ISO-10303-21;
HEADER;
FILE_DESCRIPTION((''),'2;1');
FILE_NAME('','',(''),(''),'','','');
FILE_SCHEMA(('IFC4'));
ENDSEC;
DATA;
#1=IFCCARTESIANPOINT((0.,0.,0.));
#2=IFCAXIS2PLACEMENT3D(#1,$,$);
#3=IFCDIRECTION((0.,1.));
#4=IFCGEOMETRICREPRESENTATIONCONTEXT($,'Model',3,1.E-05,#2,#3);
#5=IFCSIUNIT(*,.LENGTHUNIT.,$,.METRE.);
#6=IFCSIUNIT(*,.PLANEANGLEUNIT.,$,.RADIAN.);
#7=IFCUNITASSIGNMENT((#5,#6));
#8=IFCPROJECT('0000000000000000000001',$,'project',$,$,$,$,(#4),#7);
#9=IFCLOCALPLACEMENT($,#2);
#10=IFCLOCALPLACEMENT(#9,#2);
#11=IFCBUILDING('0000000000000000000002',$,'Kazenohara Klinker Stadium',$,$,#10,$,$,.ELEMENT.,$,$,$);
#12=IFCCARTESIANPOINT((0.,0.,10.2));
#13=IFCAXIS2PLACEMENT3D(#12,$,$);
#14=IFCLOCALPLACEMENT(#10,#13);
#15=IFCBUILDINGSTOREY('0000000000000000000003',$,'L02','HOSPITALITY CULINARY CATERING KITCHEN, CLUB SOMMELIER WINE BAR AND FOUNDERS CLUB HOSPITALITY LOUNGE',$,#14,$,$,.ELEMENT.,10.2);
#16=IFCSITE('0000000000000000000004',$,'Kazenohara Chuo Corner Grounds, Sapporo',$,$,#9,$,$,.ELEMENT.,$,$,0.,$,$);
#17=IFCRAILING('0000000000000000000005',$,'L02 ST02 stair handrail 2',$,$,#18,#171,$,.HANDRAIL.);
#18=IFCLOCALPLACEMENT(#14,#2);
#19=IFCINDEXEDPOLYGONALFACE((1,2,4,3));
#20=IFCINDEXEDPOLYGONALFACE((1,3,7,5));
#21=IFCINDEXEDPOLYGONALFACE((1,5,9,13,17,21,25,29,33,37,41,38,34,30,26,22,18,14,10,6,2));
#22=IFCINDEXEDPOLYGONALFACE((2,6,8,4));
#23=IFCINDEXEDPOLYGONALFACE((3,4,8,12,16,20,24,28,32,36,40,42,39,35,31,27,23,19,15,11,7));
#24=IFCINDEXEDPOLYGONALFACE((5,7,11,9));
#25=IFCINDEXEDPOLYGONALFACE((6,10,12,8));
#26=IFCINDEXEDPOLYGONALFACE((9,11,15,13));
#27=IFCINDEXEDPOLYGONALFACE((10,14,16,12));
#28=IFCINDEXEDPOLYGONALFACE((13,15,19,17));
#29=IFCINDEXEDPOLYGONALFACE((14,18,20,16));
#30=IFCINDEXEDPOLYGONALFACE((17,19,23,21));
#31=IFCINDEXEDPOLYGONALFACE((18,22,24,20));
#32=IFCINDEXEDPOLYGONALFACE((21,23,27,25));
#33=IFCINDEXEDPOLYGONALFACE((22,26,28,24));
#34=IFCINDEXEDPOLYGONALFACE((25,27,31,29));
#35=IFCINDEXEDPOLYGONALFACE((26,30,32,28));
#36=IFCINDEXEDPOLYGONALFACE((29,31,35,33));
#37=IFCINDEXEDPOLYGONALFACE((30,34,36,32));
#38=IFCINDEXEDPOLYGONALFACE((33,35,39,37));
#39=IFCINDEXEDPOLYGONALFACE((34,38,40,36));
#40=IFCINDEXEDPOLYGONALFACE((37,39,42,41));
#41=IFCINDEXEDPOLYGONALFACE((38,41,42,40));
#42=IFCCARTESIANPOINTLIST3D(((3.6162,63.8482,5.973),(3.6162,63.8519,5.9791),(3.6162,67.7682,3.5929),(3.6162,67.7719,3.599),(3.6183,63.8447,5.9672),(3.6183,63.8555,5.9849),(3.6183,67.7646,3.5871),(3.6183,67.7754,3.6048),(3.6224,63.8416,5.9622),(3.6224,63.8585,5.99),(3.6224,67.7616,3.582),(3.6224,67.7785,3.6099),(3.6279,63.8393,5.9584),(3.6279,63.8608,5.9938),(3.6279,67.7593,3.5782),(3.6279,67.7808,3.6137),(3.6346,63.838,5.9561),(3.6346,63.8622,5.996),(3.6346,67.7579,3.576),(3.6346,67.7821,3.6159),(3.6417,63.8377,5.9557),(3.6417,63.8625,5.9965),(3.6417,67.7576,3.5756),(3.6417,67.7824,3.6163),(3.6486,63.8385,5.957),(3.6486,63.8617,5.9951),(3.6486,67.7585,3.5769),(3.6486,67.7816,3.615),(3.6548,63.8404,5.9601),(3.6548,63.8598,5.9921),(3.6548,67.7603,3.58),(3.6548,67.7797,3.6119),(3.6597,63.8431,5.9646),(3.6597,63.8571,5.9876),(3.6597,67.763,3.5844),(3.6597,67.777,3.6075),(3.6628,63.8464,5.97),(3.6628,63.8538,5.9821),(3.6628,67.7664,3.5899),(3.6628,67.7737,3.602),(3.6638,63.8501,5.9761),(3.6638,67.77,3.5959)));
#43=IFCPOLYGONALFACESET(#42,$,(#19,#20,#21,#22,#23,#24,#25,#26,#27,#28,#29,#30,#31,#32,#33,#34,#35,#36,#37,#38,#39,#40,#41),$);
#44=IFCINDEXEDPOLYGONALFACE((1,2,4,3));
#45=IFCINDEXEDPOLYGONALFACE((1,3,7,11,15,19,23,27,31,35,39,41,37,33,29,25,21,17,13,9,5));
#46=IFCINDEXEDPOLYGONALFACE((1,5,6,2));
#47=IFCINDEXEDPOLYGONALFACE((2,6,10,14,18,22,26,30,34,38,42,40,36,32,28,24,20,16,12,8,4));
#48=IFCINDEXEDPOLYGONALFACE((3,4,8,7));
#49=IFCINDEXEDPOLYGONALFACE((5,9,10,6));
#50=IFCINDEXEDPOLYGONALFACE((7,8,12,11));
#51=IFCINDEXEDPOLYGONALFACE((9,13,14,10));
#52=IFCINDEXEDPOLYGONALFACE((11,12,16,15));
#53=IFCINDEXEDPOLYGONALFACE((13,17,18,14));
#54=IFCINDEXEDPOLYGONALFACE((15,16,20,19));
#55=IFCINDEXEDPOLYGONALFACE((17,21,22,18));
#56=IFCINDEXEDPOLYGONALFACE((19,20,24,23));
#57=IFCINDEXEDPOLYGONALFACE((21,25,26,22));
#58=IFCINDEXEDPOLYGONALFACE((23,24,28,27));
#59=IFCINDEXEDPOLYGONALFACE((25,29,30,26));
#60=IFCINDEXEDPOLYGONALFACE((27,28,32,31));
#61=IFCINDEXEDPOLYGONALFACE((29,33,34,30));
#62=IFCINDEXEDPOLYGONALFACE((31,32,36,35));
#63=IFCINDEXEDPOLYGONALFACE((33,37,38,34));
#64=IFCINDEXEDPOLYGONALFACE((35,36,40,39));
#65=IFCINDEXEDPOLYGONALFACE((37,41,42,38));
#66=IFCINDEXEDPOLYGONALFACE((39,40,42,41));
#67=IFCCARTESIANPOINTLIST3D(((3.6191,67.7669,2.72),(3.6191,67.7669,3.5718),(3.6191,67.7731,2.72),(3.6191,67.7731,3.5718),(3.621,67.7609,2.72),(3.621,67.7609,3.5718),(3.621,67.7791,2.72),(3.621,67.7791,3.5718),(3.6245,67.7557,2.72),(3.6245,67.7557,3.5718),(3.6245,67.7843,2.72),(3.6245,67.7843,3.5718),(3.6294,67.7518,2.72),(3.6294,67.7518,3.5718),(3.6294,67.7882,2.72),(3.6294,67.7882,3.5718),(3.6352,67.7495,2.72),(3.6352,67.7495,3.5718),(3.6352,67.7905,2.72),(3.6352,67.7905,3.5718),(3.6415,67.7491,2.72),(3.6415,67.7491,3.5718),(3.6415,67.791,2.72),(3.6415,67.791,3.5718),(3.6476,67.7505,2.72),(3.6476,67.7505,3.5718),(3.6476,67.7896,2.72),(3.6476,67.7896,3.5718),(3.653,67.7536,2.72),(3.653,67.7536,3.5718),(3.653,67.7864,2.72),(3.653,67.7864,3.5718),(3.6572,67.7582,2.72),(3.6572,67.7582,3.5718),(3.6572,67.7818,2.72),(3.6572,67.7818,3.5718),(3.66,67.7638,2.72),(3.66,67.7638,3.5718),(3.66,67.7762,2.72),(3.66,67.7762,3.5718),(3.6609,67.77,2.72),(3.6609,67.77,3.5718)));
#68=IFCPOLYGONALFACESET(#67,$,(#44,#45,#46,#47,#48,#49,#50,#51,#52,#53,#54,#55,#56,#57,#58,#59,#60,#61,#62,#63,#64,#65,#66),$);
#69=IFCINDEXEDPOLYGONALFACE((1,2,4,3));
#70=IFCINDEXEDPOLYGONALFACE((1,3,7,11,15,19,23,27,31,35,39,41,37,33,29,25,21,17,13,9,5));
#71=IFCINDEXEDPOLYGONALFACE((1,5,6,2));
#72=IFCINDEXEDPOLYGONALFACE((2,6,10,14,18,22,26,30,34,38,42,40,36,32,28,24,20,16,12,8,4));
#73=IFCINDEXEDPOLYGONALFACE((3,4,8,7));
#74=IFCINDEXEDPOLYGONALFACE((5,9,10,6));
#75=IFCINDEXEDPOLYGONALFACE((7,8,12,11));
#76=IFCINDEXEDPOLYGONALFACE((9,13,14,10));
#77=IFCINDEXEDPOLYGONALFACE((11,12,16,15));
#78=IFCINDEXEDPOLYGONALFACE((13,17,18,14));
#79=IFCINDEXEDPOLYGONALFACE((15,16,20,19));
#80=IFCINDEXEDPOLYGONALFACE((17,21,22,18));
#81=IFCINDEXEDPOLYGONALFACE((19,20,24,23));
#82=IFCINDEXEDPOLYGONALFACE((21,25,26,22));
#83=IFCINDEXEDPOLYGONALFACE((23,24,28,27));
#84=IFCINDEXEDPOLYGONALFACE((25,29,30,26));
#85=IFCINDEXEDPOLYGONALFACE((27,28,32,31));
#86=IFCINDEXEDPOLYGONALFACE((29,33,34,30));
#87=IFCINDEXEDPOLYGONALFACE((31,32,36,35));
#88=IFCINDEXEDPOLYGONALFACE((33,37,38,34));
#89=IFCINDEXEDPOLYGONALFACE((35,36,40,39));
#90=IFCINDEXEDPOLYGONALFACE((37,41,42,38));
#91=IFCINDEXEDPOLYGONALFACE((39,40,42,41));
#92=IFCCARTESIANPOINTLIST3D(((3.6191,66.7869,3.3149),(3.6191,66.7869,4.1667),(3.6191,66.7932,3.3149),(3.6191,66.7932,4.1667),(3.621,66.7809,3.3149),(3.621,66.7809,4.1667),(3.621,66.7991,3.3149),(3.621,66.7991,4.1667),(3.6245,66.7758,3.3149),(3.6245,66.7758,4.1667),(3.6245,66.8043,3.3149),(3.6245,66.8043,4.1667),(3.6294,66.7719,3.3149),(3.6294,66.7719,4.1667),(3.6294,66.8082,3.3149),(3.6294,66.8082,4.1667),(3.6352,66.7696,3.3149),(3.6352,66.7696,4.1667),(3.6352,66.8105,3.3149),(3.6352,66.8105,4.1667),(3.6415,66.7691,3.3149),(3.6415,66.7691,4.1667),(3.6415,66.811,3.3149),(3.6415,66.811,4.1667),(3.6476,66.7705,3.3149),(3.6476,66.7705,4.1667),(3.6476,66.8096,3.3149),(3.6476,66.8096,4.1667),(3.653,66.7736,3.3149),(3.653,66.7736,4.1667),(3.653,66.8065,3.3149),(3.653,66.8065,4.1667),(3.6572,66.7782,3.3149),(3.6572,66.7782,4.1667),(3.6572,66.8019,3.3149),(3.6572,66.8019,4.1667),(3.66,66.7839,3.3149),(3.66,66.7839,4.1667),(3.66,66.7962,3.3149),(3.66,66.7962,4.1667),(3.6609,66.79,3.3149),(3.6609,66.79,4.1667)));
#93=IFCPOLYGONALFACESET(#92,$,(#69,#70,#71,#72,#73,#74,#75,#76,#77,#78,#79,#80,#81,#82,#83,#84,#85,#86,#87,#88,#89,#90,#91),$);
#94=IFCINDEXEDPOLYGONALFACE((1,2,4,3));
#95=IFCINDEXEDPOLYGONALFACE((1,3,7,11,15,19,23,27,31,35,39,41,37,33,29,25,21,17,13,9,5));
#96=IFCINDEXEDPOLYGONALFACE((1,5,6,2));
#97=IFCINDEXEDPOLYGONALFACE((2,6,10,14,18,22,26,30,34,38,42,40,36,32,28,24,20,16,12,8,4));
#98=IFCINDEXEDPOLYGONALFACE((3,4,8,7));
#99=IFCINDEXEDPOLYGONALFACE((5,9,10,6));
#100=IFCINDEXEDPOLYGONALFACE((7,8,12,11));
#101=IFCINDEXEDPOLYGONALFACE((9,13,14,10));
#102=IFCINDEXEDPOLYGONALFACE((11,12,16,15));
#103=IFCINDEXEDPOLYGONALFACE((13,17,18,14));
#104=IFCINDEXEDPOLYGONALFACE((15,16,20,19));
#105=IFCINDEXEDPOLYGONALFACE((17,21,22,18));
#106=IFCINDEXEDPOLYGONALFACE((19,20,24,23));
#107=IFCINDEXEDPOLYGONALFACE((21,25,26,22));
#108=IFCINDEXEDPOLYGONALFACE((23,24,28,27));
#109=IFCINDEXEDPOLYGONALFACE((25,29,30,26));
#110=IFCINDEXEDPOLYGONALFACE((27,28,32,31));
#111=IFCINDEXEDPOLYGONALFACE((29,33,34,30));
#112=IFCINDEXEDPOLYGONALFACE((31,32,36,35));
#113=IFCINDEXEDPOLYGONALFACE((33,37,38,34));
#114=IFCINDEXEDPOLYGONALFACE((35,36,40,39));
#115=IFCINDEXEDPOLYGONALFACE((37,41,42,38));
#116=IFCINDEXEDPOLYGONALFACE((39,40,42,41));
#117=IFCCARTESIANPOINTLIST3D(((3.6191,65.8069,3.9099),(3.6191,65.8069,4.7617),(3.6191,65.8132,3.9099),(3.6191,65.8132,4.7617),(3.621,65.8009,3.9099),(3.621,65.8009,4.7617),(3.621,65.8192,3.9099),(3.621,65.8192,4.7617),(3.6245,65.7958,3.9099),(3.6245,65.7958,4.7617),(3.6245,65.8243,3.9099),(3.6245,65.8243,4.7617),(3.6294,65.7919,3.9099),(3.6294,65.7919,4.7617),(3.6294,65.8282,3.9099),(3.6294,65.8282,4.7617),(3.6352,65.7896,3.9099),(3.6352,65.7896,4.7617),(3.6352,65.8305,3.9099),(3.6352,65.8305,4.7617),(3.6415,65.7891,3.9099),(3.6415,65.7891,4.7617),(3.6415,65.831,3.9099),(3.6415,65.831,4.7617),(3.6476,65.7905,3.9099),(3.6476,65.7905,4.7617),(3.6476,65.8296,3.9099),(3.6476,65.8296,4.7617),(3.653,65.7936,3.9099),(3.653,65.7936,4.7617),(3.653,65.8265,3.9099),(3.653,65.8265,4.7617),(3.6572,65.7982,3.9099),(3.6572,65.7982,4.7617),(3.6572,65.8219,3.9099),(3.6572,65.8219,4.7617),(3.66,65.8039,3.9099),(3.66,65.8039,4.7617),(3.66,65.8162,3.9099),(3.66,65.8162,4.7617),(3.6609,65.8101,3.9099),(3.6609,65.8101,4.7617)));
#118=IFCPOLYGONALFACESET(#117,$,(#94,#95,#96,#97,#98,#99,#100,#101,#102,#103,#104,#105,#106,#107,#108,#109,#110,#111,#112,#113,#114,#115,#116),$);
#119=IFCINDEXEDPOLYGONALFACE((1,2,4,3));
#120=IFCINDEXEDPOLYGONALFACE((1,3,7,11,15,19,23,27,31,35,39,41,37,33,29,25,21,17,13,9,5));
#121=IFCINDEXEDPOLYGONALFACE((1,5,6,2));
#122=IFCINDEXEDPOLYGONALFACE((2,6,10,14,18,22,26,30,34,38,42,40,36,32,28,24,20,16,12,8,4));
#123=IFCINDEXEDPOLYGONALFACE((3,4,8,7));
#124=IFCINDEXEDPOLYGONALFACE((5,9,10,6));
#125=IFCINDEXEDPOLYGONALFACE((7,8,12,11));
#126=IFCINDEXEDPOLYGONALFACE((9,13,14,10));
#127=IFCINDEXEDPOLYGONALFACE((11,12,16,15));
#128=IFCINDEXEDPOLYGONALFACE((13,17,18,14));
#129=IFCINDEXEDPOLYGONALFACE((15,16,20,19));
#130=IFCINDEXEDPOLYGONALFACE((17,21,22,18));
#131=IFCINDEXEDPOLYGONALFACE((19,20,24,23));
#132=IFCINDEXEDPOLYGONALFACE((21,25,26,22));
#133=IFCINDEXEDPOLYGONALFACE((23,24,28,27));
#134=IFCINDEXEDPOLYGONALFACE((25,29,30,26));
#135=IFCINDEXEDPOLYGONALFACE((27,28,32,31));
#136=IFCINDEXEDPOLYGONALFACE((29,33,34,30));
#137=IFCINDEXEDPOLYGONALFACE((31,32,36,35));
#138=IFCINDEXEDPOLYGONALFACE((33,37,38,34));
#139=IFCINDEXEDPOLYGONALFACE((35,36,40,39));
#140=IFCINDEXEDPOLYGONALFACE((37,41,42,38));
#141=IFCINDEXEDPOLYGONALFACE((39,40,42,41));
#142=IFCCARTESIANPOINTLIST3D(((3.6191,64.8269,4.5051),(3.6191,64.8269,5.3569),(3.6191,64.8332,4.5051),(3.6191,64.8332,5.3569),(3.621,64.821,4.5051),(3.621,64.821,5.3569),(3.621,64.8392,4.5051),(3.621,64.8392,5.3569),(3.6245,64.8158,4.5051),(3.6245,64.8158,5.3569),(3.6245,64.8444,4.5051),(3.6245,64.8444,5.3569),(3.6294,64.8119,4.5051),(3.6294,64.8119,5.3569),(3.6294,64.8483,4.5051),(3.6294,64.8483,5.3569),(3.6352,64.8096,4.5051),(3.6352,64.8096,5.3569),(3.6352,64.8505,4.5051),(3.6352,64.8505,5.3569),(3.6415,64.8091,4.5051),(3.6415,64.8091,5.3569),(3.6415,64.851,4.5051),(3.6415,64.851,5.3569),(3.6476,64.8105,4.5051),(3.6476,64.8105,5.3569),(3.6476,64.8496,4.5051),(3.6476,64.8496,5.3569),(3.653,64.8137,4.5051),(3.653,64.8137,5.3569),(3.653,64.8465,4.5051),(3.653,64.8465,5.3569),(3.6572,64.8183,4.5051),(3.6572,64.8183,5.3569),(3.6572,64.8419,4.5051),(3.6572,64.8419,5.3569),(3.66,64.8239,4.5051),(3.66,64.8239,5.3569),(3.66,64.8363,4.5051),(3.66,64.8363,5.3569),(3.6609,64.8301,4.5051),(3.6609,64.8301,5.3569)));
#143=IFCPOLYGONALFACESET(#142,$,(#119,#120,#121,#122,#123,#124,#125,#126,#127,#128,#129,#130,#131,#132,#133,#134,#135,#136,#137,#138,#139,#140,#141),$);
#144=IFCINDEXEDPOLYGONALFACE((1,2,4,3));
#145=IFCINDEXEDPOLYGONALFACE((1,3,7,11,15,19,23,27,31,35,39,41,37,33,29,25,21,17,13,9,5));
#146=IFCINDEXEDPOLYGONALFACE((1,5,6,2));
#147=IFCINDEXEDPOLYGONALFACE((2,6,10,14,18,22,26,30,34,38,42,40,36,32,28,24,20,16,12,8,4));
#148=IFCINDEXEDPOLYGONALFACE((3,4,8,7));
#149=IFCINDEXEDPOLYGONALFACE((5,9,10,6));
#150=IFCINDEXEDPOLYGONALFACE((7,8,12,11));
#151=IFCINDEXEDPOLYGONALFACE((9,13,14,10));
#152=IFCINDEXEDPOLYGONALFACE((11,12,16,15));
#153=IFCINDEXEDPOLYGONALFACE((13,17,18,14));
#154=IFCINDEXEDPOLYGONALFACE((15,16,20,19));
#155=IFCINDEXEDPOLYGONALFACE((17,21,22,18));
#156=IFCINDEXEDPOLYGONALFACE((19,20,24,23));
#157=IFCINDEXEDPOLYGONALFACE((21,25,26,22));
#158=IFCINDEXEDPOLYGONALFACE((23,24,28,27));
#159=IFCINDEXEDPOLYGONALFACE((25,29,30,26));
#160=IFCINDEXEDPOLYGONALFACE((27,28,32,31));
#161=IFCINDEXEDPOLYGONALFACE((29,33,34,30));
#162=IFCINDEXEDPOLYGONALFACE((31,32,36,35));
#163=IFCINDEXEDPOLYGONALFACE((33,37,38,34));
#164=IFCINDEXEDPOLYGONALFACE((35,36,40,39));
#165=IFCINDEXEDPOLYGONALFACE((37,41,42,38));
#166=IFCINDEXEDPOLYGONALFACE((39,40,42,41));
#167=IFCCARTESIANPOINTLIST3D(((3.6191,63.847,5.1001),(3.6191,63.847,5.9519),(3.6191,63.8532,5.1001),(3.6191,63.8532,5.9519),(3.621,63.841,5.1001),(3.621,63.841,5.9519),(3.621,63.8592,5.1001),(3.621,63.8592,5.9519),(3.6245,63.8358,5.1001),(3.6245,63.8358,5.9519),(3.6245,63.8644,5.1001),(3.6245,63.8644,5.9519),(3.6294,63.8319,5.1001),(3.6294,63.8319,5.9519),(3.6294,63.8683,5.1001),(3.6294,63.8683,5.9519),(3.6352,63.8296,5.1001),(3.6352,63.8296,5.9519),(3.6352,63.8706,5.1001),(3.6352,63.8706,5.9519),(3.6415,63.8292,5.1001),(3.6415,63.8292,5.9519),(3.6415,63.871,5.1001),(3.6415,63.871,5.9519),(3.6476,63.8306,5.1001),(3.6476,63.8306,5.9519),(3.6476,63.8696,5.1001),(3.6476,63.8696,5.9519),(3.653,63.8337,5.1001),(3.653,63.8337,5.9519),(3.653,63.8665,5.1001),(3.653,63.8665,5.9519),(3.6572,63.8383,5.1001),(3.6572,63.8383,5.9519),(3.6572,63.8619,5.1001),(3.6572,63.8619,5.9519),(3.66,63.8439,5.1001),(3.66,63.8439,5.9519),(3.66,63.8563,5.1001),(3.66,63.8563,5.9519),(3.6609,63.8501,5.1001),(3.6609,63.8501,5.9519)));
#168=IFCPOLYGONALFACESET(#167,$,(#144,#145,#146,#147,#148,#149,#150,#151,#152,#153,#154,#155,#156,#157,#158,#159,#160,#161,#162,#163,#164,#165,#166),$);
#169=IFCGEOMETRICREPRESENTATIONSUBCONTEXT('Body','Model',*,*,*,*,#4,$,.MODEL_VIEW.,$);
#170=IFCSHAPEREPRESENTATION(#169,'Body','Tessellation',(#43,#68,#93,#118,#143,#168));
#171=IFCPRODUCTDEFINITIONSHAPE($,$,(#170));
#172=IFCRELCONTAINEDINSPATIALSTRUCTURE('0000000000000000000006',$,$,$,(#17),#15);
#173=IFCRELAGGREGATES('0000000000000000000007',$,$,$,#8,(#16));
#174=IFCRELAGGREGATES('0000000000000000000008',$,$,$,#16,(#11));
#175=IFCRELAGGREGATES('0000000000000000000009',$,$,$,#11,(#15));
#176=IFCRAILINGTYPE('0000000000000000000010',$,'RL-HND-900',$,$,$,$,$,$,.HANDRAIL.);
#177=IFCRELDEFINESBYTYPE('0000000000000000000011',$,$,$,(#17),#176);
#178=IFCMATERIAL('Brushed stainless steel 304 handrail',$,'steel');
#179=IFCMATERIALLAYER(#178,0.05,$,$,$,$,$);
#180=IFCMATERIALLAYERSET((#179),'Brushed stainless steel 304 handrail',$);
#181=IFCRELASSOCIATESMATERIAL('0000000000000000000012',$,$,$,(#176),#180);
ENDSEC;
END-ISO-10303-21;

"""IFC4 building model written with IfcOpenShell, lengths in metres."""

from ifc_helpers import new_model, si_unit, direction, frame, origin, origin_2d, place, context, subcontext, project, spatial, circle, extrude, material, layer, layer_set, type_object, element, save


model = new_model("IFC4")

# Units and contexts
model_context = context("Model", 3, precision=1e-05, world=origin(), true_north=direction((0.0, 1.0)))
body_context = subcontext(model_context, "Body", "Model", "MODEL_VIEW")
ifc_project = project(units=[si_unit("LENGTHUNIT", "METRE"), si_unit("PLANEANGLEUNIT", "RADIAN")], contexts=[model_context])

# Site, building, storey
site_placement = place(None, origin())
site = spatial("IfcSite", under=ifc_project, at=site_placement, Name="Kazenohara Chuo Corner Grounds, Sapporo", CompositionType="ELEMENT", RefElevation=0.0)
building_placement = place(site_placement, origin())
building = spatial("IfcBuilding", under=site, at=building_placement, Name="Kazenohara Klinker Stadium", CompositionType="ELEMENT")
storey_placement = place(building_placement, frame((0.0, 0.0, 10.2)))
storey = spatial("IfcBuildingStorey", under=building, at=storey_placement, Name="L02", Description="HOSPITALITY CULINARY CATERING KITCHEN, CLUB SOMMELIER WINE BAR AND FOUNDERS CLUB HOSPITALITY LOUNGE", CompositionType="ELEMENT", Elevation=10.2)

# Railing
ifc_material_1 = material(Name="Brushed stainless steel 304 handrail", Category="steel")
ifc_layer_1 = layer(ifc_material_1, 0.05)
ifc_layer_set_1 = layer_set([ifc_layer_1], Name="Brushed stainless steel 304 handrail")
railing_type_1 = type_object("IfcRailingType", Name="RL-HND-900", PredefinedType="HANDRAIL", material=ifc_layer_set_1)
railing_1_placement = place(storey_placement, frame((3.6399, 67.77, 2.72)))
element("IfcRailing", 1, at=railing_1_placement, inside=storey, type_object=railing_type_1, Name="L02 ST02 stair handrail 2", PredefinedType="HANDRAIL", context=body_context, shape_type="SweptSolid", body=[
    extrude(circle(Radius=0.0239, at=origin_2d()), frame((0.0, 0.0, 0.876), z_axis=(0.0, -0.854771, 0.519006), x_axis=(1.0, 0.0, 0.0)), (0.0, 0.0, 1.0), 4.5859),
    extrude(circle(Radius=0.021, at=origin_2d()), origin(), (0.0, 0.0, 1.0), 0.8518),
    extrude(circle(Radius=0.021, at=origin_2d()), frame((0.0, -0.98, 0.595)), (0.0, 0.0, 1.0), 0.8518),
    extrude(circle(Radius=0.021, at=origin_2d()), frame((0.0, -1.96, 1.1899)), (0.0, 0.0, 1.0), 0.8518),
    extrude(circle(Radius=0.021, at=origin_2d()), frame((0.0, -2.9399, 1.7852)), (0.0, 0.0, 1.0), 0.8518),
    extrude(circle(Radius=0.021, at=origin_2d()), frame((0.0, -3.9199, 2.3801)), (0.0, 0.0, 1.0), 0.8518),
])

save(model, "model.ifc")
